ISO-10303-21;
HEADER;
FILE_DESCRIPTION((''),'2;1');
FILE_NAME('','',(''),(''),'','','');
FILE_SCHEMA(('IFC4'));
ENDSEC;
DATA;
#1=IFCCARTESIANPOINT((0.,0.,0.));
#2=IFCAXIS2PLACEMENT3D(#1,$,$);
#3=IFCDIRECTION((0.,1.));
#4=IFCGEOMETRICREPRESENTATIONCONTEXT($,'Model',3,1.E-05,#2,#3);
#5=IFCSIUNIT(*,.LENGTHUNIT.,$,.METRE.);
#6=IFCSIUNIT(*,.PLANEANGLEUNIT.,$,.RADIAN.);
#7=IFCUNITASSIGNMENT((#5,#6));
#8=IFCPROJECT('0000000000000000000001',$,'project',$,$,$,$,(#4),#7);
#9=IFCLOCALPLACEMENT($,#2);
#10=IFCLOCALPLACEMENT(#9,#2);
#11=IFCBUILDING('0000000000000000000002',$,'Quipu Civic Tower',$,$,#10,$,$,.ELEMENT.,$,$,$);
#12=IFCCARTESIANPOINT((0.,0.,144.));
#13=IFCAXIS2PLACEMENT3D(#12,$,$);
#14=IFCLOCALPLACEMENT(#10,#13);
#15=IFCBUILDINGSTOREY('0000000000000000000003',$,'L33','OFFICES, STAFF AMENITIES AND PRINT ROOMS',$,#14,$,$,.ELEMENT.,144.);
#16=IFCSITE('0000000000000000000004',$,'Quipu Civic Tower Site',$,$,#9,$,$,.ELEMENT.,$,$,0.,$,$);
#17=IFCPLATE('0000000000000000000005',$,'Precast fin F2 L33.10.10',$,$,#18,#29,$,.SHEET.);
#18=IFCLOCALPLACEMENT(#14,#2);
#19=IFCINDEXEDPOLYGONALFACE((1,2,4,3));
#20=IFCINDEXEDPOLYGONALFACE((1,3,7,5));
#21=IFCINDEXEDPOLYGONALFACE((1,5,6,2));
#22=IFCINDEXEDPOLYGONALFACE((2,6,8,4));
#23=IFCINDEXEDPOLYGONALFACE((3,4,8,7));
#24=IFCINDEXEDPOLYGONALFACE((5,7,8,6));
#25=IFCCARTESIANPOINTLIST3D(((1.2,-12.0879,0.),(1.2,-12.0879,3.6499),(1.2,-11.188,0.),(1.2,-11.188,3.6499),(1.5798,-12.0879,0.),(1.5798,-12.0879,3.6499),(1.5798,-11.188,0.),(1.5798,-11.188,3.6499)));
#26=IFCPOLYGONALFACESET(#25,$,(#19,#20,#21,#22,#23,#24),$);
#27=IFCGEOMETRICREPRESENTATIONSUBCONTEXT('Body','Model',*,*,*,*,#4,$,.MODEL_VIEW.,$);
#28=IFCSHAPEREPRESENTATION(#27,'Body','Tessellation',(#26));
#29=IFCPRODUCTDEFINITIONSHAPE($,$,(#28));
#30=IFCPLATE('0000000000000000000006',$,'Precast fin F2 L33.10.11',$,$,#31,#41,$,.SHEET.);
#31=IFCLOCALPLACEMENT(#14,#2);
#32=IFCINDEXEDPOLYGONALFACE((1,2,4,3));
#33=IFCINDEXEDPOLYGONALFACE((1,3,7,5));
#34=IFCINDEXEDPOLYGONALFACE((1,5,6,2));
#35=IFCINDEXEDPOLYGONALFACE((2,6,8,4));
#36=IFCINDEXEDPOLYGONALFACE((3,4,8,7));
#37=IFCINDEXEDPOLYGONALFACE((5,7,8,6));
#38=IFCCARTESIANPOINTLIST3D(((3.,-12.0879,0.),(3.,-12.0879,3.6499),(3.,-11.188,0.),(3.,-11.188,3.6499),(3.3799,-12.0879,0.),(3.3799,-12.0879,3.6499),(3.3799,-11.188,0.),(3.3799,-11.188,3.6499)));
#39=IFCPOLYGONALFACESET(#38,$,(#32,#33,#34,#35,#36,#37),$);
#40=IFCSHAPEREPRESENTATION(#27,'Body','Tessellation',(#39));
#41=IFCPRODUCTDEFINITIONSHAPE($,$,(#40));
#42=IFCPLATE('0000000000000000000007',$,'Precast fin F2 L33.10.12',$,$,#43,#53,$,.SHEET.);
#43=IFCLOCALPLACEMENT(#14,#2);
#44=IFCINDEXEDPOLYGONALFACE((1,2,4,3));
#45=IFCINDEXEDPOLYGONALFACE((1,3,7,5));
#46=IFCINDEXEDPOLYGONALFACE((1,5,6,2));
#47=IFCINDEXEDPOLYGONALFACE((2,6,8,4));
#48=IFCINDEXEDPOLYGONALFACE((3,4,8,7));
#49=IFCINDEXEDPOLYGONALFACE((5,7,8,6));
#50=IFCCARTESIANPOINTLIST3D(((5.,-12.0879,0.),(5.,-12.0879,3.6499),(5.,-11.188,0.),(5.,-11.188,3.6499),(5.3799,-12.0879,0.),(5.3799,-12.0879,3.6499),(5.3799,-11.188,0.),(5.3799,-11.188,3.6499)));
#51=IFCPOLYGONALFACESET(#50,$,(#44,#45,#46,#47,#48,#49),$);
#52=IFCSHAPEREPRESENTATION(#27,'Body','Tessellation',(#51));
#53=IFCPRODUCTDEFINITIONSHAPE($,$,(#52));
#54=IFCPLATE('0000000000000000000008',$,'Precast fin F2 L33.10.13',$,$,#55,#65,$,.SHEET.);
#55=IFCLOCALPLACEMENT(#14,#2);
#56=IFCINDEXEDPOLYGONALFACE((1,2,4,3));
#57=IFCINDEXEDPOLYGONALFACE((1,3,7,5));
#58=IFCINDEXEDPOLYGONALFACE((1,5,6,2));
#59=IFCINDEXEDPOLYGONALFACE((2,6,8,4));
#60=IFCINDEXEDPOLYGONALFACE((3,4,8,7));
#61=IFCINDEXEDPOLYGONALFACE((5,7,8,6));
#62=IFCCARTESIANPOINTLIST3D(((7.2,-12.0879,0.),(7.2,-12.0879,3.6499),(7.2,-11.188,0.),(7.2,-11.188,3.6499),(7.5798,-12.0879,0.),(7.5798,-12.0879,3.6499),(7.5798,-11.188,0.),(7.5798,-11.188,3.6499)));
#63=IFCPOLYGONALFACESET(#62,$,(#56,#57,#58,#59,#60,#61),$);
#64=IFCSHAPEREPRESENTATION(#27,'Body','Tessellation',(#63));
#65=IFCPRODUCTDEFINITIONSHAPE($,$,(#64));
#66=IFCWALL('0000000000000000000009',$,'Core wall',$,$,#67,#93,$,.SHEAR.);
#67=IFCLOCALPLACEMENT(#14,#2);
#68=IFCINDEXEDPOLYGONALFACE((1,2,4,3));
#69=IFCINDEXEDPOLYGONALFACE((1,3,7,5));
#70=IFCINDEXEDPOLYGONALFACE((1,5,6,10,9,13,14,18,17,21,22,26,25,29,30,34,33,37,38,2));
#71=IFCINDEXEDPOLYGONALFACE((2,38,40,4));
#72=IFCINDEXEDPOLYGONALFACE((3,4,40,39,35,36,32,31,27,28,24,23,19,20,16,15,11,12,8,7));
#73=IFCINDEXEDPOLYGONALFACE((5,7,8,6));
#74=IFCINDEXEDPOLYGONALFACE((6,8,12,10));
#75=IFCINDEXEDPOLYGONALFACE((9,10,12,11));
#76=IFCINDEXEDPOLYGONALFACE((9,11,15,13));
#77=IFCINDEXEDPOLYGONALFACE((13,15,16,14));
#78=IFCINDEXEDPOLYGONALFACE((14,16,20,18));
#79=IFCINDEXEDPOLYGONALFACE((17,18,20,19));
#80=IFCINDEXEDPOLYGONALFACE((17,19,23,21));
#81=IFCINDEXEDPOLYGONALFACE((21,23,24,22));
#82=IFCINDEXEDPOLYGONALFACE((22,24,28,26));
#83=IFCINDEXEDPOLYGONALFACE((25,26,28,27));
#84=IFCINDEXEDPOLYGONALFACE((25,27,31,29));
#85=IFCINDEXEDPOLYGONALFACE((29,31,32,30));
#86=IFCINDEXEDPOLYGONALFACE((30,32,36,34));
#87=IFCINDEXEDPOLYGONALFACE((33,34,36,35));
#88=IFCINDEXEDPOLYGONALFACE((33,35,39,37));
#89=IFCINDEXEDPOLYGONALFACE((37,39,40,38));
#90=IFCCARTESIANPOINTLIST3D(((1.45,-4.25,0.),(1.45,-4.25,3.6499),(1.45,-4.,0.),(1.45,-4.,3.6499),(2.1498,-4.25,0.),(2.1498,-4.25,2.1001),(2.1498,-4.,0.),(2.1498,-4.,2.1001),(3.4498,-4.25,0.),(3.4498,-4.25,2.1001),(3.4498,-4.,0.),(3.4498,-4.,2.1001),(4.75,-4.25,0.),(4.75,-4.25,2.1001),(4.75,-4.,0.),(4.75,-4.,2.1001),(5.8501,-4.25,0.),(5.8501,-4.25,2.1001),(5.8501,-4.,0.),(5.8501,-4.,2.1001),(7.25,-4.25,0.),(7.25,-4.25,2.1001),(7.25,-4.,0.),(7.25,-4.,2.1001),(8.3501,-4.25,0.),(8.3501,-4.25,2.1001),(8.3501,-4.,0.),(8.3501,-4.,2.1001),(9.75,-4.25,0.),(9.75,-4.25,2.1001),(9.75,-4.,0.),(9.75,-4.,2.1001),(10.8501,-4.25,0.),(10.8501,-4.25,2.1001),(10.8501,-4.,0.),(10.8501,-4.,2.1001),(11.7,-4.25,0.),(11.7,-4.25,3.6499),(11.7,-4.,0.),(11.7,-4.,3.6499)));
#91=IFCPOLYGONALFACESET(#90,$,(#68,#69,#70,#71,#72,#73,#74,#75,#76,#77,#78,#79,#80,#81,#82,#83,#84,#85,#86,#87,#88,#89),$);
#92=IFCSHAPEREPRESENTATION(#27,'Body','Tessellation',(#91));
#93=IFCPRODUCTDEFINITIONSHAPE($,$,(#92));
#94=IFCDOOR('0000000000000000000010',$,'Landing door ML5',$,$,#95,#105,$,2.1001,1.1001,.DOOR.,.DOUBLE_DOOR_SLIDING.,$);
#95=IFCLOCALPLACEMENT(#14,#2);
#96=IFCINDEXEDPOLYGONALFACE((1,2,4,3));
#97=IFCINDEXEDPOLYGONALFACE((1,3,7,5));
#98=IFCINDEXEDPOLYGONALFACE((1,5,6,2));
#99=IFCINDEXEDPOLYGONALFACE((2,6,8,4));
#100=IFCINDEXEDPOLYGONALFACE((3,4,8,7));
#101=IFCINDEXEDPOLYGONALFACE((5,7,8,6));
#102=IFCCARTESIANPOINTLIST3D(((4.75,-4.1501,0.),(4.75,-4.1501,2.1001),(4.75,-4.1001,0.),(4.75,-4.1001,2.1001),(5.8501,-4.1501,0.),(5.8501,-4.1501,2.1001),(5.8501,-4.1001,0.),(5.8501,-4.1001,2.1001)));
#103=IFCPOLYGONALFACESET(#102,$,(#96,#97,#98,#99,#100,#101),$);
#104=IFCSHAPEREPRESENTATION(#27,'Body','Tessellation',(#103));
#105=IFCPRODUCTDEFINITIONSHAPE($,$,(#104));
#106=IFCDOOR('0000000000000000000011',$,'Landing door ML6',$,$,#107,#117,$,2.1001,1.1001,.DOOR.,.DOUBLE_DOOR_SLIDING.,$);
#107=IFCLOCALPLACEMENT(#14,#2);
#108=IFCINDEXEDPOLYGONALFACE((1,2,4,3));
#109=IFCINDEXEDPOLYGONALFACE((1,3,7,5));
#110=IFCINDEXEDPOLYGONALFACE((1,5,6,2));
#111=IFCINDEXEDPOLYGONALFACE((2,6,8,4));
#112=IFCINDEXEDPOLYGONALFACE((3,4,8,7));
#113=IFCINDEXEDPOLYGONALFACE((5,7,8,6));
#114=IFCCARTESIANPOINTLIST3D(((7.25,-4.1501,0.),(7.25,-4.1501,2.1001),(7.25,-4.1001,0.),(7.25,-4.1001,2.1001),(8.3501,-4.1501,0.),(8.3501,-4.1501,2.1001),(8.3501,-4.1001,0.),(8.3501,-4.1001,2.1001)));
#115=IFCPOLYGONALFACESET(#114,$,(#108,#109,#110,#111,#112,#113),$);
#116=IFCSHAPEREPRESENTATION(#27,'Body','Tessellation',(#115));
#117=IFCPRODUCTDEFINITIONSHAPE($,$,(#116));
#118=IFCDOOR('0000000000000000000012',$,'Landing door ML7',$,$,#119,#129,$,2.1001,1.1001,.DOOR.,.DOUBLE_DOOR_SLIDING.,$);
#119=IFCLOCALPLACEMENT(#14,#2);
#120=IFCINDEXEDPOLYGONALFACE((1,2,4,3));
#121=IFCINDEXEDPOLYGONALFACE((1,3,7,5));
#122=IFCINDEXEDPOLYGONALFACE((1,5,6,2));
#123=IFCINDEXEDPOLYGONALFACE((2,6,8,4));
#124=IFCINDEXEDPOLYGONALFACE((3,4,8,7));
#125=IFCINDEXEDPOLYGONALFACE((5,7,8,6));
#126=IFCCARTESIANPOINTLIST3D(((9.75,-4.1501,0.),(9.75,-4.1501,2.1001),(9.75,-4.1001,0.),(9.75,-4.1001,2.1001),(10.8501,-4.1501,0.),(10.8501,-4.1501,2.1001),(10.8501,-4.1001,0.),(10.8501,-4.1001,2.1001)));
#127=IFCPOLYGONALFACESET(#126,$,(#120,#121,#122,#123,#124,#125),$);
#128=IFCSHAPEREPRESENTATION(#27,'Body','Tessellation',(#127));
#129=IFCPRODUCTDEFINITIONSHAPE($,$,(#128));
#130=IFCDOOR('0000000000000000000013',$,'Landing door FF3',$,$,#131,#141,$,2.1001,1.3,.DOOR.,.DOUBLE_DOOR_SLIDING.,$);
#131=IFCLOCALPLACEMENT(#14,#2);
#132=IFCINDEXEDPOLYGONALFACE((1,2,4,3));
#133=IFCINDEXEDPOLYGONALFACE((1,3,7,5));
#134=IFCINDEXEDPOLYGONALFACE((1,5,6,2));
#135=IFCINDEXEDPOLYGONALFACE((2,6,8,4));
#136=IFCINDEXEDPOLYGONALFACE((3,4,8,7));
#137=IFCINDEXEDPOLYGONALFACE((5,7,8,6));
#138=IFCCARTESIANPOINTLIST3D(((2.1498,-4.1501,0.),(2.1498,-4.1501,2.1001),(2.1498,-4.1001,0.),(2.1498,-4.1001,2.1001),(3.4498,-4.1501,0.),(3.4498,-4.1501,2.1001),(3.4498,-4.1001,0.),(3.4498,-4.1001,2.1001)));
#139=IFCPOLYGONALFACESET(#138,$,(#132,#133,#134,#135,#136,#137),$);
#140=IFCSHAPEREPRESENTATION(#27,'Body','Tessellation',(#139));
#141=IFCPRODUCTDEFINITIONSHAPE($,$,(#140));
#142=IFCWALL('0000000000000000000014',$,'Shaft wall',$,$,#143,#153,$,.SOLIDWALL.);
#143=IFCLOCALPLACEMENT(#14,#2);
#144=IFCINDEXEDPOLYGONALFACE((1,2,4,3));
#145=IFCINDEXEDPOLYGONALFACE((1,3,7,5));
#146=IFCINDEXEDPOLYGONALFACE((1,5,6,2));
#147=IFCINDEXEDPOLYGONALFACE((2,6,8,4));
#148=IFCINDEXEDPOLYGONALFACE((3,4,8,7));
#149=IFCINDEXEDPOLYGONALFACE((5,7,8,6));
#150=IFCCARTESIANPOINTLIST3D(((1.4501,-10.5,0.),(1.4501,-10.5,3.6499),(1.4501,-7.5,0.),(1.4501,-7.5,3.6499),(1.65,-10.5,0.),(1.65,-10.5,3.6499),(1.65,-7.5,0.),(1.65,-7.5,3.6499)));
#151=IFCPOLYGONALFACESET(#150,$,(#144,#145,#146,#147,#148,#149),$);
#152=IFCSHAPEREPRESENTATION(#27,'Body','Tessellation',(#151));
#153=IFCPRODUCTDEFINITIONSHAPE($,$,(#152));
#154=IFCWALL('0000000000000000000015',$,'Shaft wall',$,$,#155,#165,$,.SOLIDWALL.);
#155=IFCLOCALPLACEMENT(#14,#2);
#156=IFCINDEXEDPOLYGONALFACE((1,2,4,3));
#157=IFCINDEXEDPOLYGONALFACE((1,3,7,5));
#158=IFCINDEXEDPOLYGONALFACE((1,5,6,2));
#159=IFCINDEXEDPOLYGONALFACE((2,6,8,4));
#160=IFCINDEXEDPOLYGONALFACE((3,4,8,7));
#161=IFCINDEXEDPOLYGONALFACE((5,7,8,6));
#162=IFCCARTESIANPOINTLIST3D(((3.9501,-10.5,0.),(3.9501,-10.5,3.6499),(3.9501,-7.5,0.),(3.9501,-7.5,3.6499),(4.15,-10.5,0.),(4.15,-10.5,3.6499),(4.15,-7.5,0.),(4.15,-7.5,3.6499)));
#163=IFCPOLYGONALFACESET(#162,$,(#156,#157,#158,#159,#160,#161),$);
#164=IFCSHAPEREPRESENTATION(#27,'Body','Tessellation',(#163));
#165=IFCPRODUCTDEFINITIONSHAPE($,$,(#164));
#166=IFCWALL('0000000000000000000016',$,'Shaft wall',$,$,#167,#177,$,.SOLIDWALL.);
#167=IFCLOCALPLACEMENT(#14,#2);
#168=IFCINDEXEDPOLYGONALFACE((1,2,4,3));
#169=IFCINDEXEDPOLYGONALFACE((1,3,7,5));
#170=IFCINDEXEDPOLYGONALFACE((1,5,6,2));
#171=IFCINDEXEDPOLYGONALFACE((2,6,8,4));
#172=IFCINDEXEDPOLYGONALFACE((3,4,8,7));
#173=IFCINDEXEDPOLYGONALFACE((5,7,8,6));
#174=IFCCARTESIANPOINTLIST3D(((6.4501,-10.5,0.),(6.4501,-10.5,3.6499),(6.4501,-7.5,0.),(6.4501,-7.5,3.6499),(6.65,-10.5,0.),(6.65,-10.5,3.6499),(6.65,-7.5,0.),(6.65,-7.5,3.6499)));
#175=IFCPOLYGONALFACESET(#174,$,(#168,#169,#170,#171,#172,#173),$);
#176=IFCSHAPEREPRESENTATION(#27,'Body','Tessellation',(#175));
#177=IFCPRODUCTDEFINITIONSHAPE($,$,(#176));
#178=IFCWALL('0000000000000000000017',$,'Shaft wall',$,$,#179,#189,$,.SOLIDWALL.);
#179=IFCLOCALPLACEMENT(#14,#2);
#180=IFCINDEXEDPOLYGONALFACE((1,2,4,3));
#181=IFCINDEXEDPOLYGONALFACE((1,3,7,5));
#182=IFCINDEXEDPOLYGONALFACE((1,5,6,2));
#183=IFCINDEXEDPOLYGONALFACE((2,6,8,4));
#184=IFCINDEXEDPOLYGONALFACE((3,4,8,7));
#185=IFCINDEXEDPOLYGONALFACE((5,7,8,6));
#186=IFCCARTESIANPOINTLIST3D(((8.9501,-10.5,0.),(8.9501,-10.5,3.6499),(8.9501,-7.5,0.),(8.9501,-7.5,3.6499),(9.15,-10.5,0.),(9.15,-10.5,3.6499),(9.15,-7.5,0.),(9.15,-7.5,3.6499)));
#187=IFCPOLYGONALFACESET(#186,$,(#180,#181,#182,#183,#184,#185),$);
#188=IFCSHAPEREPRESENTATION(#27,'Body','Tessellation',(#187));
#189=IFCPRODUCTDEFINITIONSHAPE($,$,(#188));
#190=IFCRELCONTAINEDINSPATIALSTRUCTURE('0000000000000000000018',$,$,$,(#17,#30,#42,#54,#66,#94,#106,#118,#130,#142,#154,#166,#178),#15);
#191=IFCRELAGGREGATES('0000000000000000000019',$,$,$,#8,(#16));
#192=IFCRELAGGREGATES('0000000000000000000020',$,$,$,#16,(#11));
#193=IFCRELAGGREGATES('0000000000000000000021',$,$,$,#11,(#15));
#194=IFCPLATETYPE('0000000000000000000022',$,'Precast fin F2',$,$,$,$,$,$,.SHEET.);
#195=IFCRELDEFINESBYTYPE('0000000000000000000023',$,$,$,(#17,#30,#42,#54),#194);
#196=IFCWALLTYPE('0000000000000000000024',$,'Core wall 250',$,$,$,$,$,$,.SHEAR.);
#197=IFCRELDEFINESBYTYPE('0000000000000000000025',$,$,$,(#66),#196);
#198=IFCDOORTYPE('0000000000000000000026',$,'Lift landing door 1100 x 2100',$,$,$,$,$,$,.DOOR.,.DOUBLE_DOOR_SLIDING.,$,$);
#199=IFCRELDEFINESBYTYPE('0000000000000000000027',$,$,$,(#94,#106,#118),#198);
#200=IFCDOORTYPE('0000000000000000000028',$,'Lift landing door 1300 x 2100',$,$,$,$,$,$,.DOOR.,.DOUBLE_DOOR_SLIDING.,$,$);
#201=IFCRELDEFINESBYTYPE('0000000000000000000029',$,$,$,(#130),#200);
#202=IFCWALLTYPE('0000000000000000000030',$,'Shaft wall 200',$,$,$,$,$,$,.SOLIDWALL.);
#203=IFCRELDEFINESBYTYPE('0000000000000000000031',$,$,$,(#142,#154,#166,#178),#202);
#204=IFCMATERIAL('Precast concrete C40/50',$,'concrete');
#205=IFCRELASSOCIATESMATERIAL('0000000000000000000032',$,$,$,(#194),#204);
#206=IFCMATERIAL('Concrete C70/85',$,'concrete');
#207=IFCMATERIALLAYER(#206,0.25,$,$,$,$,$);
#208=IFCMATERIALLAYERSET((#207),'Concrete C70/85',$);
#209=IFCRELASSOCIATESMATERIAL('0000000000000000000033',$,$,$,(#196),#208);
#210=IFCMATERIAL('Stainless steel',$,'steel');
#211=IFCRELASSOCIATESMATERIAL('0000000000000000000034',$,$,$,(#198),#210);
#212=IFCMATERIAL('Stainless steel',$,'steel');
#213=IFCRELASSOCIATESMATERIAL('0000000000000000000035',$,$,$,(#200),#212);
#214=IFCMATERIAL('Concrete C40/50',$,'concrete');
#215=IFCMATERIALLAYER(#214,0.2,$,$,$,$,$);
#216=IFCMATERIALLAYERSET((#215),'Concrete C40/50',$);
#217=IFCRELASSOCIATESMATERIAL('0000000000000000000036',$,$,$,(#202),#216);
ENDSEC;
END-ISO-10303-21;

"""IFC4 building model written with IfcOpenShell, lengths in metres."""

from ifc_helpers import new_model, si_unit, direction, frame, frame_2d, origin, origin_2d, place, context, subcontext, project, spatial, rectangle, extrude, material, layer, layer_set, type_object, element, fill, save


model = new_model("IFC4")

# Units and contexts
model_context = context("Model", 3, precision=1e-05, world=origin(), true_north=direction((0.0, 1.0)))
body_context = subcontext(model_context, "Body", "Model", "MODEL_VIEW")
ifc_project = project(units=[si_unit("LENGTHUNIT", "METRE"), si_unit("PLANEANGLEUNIT", "RADIAN")], contexts=[model_context])

# Site, building, storey
site_placement = place(None, origin())
site = spatial("IfcSite", under=ifc_project, at=site_placement, Name="Quipu Civic Tower Site", CompositionType="ELEMENT", RefElevation=0.0)
building_placement = place(site_placement, origin())
building = spatial("IfcBuilding", under=site, at=building_placement, Name="Quipu Civic Tower", CompositionType="ELEMENT")
storey_placement = place(building_placement, frame((0.0, 0.0, 144.0)))
storey = spatial("IfcBuildingStorey", under=building, at=storey_placement, Name="L33", Description="OFFICES, STAFF AMENITIES AND PRINT ROOMS", CompositionType="ELEMENT", Elevation=144.0)

# Plates
ifc_material_1 = material(Name="Precast concrete C40/50", Category="concrete")
plate_type = type_object("IfcPlateType", Name="Precast fin F2", PredefinedType="SHEET", material=ifc_material_1)
for number, where, z_axis, x_axis, name in (
    (1, (1.3899, -11.6379, 0.0), (0.0, 0.0, 1.0), (1.0, 0.0, 0.0), "Precast fin F2 L33.10.10"),
    (2, (3.1899, -11.6379, 0.0), (0.0, 0.0, 1.0), (1.0, 0.0, 0.0), "Precast fin F2 L33.10.11"),
    (3, (5.1899, -11.6379, 0.0), (0.0, 0.0, 1.0), (1.0, 0.0, 0.0), "Precast fin F2 L33.10.12"),
    (4, (7.3899, -11.6379, 0.0), (0.0, 0.0, 1.0), (1.0, 0.0, 0.0), "Precast fin F2 L33.10.13"),
):
    element("IfcPlate", number, at=place(storey_placement, frame(where, z_axis=z_axis, x_axis=x_axis)), inside=storey, type_object=plate_type, Name=name, PredefinedType="SHEET", context=body_context, shape_type="SweptSolid", body=[
        extrude(rectangle(XDim=0.3799, YDim=0.8999, at=origin_2d()), origin(), (0.0, 0.0, 1.0), 3.6499),
    ])

# Wall, openings, doors
ifc_material_2 = material(Name="Concrete C70/85", Category="concrete")
ifc_layer_1 = layer(ifc_material_2, 0.25)
ifc_layer_set_1 = layer_set([ifc_layer_1], Name="Concrete C70/85")
wall_type_1 = type_object("IfcWallType", Name="Core wall 250", PredefinedType="SHEAR", material=ifc_layer_set_1)
wall_placement = place(storey_placement, frame((1.45, -4.125, 0.0), z_axis=(0.0, 0.0, 1.0), x_axis=(1.0, 0.0, 0.0)))
wall = element("IfcWall", 5, at=wall_placement, inside=storey, type_object=wall_type_1, Name="Core wall", PredefinedType="SHEAR", context=body_context, shape_type="SweptSolid", body=[
    extrude(rectangle(XDim=10.25, YDim=0.25, at=frame_2d((5.125, 0.0))), origin(), (0.0, 0.0, 1.0), 3.6499),
])
opening_1_placement = place(wall_placement, frame((0.7, 0.0, 0.0)))
opening_1 = element("IfcOpeningElement", 6, at=opening_1_placement, cuts=wall, PredefinedType="OPENING", context=body_context, shape_type="SweptSolid", body=[
    extrude(rectangle(XDim=1.3, YDim=2.1001, at=frame_2d((0.6499, 1.05))), frame((0.0, 0.135, 0.0), z_axis=(0.0, -1.0, 0.0), x_axis=(1.0, 0.0, 0.0)), (0.0, 0.0, 1.0), 0.27),
])
opening_2_placement = place(wall_placement, frame((3.3, 0.0, 0.0)))
opening_2 = element("IfcOpeningElement", 7, at=opening_2_placement, cuts=wall, PredefinedType="OPENING", context=body_context, shape_type="SweptSolid", body=[
    extrude(rectangle(XDim=1.1001, YDim=2.1001, at=frame_2d((0.55, 1.05))), frame((0.0, 0.135, 0.0), z_axis=(0.0, -1.0, 0.0), x_axis=(1.0, 0.0, 0.0)), (0.0, 0.0, 1.0), 0.27),
])
opening_3_placement = place(wall_placement, frame((5.8, 0.0, 0.0)))
opening_3 = element("IfcOpeningElement", 8, at=opening_3_placement, cuts=wall, PredefinedType="OPENING", context=body_context, shape_type="SweptSolid", body=[
    extrude(rectangle(XDim=1.1001, YDim=2.1001, at=frame_2d((0.55, 1.05))), frame((0.0, 0.135, 0.0), z_axis=(0.0, -1.0, 0.0), x_axis=(1.0, 0.0, 0.0)), (0.0, 0.0, 1.0), 0.27),
])
opening_4_placement = place(wall_placement, frame((8.3, 0.0, 0.0)))
opening_4 = element("IfcOpeningElement", 9, at=opening_4_placement, cuts=wall, PredefinedType="OPENING", context=body_context, shape_type="SweptSolid", body=[
    extrude(rectangle(XDim=1.1001, YDim=2.1001, at=frame_2d((0.55, 1.05))), frame((0.0, 0.135, 0.0), z_axis=(0.0, -1.0, 0.0), x_axis=(1.0, 0.0, 0.0)), (0.0, 0.0, 1.0), 0.27),
])
ifc_material_3 = material(Name="Stainless steel", Category="steel")
door_type_1 = type_object("IfcDoorType", Name="Lift landing door 1100 x 2100", OperationType="DOUBLE_DOOR_SLIDING", PredefinedType="DOOR", material=ifc_material_3)
door_1_placement = place(opening_2_placement, origin())
door_1 = element("IfcDoor", 10, at=door_1_placement, inside=storey, type_object=door_type_1, Name="Landing door ML5", OperationType="DOUBLE_DOOR_SLIDING", OverallHeight=2.1001, OverallWidth=1.1001, PredefinedType="DOOR", context=body_context, shape_type="SweptSolid", body=[
    extrude(rectangle(XDim=1.1001, YDim=2.1001, at=frame_2d((0.55, 1.05))), frame((0.0, 0.0249, 0.0), z_axis=(0.0, -1.0, 0.0), x_axis=(1.0, 0.0, 0.0)), (0.0, 0.0, 1.0), 0.05),
])
fill(opening_2, door_1)
door_2_placement = place(opening_3_placement, origin())
door_2 = element("IfcDoor", 11, at=door_2_placement, inside=storey, type_object=door_type_1, Name="Landing door ML6", OperationType="DOUBLE_DOOR_SLIDING", OverallHeight=2.1001, OverallWidth=1.1001, PredefinedType="DOOR", context=body_context, shape_type="SweptSolid", body=[
    extrude(rectangle(XDim=1.1001, YDim=2.1001, at=frame_2d((0.55, 1.05))), frame((0.0, 0.0249, 0.0), z_axis=(0.0, -1.0, 0.0), x_axis=(1.0, 0.0, 0.0)), (0.0, 0.0, 1.0), 0.05),
])
fill(opening_3, door_2)
door_3_placement = place(opening_4_placement, origin())
door_3 = element("IfcDoor", 12, at=door_3_placement, inside=storey, type_object=door_type_1, Name="Landing door ML7", OperationType="DOUBLE_DOOR_SLIDING", OverallHeight=2.1001, OverallWidth=1.1001, PredefinedType="DOOR", context=body_context, shape_type="SweptSolid", body=[
    extrude(rectangle(XDim=1.1001, YDim=2.1001, at=frame_2d((0.55, 1.05))), frame((0.0, 0.0249, 0.0), z_axis=(0.0, -1.0, 0.0), x_axis=(1.0, 0.0, 0.0)), (0.0, 0.0, 1.0), 0.05),
])
fill(opening_4, door_3)
ifc_material_4 = material(Name="Stainless steel", Category="steel")
door_type_2 = type_object("IfcDoorType", Name="Lift landing door 1300 x 2100", OperationType="DOUBLE_DOOR_SLIDING", PredefinedType="DOOR", material=ifc_material_4)
door_4_placement = place(opening_1_placement, origin())
door_4 = element("IfcDoor", 13, at=door_4_placement, inside=storey, type_object=door_type_2, Name="Landing door FF3", OperationType="DOUBLE_DOOR_SLIDING", OverallHeight=2.1001, OverallWidth=1.3, PredefinedType="DOOR", context=body_context, shape_type="SweptSolid", body=[
    extrude(rectangle(XDim=1.3, YDim=2.1001, at=frame_2d((0.6499, 1.05))), frame((0.0, 0.0249, 0.0), z_axis=(0.0, -1.0, 0.0), x_axis=(1.0, 0.0, 0.0)), (0.0, 0.0, 1.0), 0.05),
])
fill(opening_1, door_4)

# Walls
ifc_material_5 = material(Name="Concrete C40/50", Category="concrete")
ifc_layer_2 = layer(ifc_material_5, 0.2)
ifc_layer_set_2 = layer_set([ifc_layer_2], Name="Concrete C40/50")
wall_type_2 = type_object("IfcWallType", Name="Shaft wall 200", PredefinedType="SOLIDWALL", material=ifc_layer_set_2)
for number, where, z_axis, x_axis, name in (
    (14, (1.55, -10.5, 0.0), (0.0, 0.0, 1.0), (0.0, 1.0, 0.0), "Shaft wall"),
    (15, (4.05, -10.5, 0.0), (0.0, 0.0, 1.0), (0.0, 1.0, 0.0), "Shaft wall"),
    (16, (6.55, -10.5, 0.0), (0.0, 0.0, 1.0), (0.0, 1.0, 0.0), "Shaft wall"),
    (17, (9.05, -10.5, 0.0), (0.0, 0.0, 1.0), (0.0, 1.0, 0.0), "Shaft wall"),
):
    element("IfcWall", number, at=place(storey_placement, frame(where, z_axis=z_axis, x_axis=x_axis)), inside=storey, type_object=wall_type_2, Name=name, PredefinedType="SOLIDWALL", context=body_context, shape_type="SweptSolid", body=[
        extrude(rectangle(XDim=3.0, YDim=0.2, at=frame_2d((1.5, 0.0))), origin(), (0.0, 0.0, 1.0), 3.6499),
    ])

save(model, "model.ifc")
